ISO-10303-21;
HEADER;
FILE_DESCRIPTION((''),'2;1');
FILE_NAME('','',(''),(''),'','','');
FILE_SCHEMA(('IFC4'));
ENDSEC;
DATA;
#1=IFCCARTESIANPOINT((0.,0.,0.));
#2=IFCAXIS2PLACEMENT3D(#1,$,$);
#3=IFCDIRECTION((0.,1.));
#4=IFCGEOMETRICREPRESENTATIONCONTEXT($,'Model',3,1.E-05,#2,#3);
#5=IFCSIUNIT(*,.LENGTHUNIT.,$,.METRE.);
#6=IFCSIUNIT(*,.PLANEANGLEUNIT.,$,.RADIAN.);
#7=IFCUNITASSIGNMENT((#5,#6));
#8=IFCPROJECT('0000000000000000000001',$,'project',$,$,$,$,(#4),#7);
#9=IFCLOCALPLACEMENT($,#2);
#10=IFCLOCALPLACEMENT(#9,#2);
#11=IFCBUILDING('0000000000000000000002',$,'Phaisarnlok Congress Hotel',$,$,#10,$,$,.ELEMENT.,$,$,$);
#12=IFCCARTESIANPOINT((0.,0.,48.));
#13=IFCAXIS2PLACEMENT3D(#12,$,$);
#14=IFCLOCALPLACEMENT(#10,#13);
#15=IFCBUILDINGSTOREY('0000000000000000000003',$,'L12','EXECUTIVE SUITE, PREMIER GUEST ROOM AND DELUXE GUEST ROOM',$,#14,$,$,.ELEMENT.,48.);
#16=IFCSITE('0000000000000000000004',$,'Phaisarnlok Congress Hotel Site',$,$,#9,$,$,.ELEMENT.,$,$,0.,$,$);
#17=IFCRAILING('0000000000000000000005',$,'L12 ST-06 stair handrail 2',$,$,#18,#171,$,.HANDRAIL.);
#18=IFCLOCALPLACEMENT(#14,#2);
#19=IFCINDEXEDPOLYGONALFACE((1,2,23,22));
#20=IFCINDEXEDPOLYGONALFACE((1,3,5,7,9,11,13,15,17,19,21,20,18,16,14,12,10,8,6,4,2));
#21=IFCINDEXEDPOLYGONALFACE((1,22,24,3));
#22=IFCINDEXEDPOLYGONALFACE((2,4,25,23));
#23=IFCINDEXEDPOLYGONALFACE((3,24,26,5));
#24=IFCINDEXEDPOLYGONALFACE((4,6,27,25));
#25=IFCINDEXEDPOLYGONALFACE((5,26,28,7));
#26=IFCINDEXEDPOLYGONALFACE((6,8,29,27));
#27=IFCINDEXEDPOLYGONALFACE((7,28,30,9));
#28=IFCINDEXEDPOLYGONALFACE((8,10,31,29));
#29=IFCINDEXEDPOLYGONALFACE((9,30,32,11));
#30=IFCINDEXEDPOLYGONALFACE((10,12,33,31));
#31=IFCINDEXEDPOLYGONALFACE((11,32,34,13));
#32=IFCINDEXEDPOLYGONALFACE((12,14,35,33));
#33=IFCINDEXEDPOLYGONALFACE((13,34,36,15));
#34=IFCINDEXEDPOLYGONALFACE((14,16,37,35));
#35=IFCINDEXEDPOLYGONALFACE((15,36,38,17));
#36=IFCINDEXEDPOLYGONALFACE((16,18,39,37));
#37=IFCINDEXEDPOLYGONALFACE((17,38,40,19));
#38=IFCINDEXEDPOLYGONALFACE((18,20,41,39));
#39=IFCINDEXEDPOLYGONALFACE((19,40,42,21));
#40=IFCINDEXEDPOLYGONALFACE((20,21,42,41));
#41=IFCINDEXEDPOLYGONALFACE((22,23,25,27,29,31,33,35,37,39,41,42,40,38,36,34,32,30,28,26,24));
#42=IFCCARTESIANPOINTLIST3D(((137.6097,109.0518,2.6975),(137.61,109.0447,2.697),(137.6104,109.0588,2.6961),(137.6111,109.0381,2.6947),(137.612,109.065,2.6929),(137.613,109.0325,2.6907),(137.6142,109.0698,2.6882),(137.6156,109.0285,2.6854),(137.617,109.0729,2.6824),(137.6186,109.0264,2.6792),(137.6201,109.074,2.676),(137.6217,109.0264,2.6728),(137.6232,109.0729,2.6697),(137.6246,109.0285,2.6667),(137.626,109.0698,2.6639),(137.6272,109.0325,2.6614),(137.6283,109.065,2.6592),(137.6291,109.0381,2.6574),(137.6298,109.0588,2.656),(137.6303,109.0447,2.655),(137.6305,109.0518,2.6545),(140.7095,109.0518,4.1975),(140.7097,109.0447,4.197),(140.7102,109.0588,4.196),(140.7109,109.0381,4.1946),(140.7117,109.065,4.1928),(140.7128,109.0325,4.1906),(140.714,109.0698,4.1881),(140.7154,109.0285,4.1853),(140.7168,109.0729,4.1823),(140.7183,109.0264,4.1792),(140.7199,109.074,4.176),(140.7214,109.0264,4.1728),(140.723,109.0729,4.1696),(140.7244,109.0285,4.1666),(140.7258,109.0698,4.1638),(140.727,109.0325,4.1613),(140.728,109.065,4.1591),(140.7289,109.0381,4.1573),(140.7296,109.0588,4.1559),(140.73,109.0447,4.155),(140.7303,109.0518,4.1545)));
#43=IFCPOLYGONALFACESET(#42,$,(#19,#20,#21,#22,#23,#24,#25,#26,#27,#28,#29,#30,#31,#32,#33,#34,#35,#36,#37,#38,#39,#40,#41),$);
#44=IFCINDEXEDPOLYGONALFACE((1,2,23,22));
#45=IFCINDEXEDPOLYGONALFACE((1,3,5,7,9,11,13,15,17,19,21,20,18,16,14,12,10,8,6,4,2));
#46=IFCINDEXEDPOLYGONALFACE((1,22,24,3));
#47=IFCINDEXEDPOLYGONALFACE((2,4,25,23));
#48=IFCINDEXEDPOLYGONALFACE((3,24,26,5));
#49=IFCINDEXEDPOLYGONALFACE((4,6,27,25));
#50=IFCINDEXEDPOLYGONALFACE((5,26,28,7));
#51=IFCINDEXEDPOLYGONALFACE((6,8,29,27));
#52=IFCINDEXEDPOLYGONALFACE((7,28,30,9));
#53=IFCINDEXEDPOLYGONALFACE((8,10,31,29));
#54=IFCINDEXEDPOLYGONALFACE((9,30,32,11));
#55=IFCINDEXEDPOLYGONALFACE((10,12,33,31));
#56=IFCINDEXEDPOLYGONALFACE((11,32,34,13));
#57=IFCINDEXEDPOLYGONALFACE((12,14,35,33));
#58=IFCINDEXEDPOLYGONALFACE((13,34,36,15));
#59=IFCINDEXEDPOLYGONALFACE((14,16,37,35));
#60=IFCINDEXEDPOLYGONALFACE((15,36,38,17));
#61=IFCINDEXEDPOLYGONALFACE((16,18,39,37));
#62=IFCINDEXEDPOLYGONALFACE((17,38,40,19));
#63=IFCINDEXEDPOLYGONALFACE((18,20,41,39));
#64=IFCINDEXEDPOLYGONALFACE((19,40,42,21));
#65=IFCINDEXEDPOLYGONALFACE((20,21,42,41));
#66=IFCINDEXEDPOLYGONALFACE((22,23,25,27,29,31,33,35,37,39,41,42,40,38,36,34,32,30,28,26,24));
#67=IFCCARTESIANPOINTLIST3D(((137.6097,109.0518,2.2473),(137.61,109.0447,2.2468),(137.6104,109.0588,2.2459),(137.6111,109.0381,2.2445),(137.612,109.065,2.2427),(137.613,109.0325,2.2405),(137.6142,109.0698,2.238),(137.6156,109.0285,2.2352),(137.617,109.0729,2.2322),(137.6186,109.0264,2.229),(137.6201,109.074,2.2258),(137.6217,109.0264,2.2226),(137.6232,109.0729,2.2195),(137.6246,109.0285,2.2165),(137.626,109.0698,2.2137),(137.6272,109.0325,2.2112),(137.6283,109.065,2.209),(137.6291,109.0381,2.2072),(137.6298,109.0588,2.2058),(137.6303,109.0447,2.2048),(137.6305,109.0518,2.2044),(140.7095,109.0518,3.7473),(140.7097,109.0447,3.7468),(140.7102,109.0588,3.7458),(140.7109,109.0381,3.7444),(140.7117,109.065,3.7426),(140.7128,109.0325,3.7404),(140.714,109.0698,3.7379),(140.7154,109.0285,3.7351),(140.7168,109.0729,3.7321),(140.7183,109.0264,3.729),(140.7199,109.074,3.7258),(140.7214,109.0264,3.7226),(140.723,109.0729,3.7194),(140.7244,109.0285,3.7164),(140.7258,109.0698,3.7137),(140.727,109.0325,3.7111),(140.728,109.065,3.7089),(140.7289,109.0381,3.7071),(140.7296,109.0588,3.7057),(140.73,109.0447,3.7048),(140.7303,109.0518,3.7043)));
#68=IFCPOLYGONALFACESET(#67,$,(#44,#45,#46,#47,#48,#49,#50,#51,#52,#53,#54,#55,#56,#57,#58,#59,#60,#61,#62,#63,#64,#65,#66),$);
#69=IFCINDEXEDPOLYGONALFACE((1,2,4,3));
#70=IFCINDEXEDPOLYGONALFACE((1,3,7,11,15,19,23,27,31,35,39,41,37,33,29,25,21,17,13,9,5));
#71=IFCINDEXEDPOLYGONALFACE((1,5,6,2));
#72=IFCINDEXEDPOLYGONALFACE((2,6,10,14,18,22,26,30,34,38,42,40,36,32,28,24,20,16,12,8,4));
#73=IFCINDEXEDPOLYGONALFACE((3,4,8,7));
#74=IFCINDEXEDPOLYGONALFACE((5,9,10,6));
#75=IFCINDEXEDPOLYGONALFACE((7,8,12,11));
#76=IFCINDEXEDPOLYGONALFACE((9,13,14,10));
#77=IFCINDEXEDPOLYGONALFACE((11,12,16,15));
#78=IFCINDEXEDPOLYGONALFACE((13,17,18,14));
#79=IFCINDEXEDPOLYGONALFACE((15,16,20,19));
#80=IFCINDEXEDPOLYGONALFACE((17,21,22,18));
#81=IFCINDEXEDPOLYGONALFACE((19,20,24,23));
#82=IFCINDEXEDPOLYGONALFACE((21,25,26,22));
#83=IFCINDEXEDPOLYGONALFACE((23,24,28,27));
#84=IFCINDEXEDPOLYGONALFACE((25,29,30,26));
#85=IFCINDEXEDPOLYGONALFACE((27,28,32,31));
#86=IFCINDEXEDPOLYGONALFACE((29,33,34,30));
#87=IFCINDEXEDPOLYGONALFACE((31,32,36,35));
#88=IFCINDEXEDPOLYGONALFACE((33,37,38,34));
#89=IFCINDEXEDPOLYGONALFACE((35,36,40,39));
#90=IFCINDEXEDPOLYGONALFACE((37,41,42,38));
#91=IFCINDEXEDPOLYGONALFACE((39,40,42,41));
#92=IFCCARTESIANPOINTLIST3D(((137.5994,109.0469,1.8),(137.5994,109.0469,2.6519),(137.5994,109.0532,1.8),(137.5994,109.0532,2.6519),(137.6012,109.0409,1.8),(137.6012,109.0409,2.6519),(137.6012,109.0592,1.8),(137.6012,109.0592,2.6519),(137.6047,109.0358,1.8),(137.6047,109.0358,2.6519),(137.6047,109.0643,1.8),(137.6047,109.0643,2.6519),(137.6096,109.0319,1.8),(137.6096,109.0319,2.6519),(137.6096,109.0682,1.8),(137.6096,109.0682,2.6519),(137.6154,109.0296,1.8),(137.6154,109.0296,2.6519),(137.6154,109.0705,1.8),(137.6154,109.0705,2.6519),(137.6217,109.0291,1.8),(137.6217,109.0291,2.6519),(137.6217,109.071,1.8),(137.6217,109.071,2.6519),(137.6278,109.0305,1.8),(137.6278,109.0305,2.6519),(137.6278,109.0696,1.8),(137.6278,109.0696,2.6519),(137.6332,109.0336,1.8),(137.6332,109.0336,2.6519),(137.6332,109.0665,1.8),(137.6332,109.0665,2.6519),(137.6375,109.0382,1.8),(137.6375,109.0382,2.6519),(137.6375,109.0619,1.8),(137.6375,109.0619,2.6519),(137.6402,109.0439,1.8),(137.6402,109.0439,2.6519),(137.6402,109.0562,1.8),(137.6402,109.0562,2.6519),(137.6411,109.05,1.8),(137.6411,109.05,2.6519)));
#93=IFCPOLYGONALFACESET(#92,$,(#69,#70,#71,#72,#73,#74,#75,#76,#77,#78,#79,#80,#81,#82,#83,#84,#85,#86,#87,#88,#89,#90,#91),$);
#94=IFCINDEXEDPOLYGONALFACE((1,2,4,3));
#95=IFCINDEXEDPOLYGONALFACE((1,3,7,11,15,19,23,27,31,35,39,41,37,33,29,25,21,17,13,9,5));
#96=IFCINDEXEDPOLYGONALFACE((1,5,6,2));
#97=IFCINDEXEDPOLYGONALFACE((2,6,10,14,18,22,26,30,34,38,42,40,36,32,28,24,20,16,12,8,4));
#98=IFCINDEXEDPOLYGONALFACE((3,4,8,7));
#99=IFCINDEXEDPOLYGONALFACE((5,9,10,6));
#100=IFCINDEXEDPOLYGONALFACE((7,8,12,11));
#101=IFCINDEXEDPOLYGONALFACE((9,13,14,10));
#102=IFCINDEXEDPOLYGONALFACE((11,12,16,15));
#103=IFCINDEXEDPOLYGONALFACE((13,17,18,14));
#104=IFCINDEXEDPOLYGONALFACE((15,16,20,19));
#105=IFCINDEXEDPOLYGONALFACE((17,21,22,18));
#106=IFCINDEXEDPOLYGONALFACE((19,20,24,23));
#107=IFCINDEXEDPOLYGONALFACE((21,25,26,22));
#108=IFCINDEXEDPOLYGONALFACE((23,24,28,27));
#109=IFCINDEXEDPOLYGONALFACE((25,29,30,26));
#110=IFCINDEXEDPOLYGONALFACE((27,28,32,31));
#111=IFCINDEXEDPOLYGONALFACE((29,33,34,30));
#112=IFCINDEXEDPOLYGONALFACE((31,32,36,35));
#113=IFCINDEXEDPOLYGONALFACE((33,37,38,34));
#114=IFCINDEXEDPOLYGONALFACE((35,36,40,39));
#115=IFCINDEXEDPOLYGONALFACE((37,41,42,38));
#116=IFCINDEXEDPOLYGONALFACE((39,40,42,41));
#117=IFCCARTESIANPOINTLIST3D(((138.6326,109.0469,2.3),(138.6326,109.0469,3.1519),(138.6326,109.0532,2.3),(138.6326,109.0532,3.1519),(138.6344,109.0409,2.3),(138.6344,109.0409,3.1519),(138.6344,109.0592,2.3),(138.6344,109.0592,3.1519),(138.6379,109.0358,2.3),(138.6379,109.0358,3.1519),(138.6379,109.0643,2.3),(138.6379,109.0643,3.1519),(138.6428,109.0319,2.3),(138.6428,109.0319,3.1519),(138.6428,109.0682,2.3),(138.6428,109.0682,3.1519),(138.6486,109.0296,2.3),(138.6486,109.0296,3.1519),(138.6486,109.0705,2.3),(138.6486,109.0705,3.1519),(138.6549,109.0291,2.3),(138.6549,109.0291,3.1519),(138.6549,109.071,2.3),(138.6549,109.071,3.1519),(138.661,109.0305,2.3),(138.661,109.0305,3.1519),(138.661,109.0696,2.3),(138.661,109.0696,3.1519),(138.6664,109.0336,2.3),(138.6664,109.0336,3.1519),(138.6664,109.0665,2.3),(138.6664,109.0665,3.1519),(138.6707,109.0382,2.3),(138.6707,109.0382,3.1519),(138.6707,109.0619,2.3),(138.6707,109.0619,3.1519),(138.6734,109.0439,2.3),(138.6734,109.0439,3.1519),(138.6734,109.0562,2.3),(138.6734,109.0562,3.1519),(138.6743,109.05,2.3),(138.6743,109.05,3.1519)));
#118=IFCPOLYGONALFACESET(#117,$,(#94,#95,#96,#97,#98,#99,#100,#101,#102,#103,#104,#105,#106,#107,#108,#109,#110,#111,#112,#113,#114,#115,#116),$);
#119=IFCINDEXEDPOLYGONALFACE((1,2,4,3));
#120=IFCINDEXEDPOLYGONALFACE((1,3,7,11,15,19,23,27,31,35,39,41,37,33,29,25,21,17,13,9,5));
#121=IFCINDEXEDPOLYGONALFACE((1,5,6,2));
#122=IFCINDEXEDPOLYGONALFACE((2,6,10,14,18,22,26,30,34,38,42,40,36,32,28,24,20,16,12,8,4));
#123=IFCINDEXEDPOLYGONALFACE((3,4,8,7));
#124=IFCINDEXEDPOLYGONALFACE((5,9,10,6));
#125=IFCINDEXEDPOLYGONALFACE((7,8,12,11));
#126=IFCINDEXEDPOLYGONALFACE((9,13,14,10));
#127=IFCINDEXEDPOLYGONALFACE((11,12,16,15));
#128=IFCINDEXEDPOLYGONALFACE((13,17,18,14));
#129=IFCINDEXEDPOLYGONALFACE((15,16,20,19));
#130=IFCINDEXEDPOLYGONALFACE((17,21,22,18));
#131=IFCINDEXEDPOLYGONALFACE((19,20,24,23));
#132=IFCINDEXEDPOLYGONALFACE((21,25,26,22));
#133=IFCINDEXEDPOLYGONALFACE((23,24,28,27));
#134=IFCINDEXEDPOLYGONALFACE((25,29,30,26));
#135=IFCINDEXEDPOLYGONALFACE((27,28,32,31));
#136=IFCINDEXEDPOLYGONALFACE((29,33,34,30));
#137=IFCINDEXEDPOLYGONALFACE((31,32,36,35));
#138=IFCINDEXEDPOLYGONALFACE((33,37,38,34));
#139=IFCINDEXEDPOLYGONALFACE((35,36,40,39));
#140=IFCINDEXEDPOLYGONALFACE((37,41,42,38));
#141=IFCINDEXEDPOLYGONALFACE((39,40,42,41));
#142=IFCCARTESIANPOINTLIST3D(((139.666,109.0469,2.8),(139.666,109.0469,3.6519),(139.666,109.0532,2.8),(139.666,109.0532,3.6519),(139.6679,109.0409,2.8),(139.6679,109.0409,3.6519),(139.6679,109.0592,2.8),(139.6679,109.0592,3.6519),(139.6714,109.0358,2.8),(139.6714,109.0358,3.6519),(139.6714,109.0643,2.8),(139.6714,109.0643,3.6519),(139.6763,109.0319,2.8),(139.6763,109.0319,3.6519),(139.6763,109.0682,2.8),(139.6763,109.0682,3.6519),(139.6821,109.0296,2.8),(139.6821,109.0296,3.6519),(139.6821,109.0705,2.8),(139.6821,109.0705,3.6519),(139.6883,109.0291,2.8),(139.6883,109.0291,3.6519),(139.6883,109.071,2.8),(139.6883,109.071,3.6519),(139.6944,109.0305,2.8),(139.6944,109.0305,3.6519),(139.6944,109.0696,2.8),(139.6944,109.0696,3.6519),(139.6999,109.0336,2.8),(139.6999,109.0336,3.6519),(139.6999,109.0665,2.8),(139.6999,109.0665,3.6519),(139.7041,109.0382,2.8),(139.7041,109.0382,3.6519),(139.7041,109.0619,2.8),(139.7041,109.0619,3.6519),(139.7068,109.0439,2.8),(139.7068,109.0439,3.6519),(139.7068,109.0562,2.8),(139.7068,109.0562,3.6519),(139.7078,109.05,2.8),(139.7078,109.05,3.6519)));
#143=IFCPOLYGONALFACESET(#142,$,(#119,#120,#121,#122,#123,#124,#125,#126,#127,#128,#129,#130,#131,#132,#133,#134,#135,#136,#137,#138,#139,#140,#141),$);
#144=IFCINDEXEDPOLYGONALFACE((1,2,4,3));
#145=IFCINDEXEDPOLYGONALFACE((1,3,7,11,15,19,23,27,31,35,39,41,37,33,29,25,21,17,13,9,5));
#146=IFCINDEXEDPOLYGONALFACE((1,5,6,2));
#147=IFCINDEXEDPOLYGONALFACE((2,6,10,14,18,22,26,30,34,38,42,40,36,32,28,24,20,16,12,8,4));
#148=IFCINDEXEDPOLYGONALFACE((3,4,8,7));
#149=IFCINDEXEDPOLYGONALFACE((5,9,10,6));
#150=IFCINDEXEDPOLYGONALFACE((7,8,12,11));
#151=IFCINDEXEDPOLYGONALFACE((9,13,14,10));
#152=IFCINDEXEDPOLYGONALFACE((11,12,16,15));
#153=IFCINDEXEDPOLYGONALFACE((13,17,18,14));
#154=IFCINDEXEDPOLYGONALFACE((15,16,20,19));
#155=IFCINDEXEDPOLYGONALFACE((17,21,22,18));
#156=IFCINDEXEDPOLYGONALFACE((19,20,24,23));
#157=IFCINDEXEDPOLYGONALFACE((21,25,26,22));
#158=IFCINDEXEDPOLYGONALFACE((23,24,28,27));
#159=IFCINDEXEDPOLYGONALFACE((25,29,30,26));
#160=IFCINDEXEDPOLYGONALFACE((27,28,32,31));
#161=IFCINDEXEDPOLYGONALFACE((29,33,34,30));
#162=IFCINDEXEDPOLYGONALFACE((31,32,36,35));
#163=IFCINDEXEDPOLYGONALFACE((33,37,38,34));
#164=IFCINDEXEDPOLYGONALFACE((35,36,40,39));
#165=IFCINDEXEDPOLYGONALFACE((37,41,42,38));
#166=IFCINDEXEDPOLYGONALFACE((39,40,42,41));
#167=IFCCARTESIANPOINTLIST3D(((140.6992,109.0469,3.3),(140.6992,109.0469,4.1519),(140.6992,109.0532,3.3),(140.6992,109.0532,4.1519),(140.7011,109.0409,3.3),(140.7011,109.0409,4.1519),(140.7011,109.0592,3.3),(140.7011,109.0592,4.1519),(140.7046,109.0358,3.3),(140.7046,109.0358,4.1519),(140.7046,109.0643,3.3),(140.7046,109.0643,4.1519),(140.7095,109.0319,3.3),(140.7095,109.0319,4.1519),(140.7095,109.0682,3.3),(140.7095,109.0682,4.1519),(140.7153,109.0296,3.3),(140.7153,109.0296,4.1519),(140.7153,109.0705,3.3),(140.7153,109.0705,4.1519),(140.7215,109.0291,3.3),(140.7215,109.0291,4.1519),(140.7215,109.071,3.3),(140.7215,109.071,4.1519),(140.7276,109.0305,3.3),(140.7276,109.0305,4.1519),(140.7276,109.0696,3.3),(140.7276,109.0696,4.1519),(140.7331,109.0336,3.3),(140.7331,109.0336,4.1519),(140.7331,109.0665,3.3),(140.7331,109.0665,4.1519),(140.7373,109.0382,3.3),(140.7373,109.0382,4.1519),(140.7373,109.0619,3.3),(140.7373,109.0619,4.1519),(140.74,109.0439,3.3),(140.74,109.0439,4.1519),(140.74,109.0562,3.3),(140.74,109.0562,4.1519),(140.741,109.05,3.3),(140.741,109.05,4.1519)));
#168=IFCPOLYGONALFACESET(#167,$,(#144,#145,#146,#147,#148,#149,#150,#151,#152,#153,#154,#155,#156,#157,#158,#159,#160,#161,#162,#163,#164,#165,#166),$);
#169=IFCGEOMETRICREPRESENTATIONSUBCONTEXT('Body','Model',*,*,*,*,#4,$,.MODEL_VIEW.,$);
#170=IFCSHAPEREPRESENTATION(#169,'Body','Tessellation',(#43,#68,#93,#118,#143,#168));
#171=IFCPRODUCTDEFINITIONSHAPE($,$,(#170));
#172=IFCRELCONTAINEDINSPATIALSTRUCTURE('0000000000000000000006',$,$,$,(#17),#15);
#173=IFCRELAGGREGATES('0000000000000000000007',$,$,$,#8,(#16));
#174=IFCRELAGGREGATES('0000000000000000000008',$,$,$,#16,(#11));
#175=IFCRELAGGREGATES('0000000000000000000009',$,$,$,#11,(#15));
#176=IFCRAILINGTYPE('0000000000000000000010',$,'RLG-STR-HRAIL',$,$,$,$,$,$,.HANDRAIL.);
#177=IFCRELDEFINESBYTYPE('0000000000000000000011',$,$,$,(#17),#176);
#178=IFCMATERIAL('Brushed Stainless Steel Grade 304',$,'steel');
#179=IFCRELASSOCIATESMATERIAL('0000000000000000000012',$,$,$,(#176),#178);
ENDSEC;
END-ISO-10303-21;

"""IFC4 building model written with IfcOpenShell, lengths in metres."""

from ifc_helpers import new_model, si_unit, direction, frame, origin, origin_2d, place, context, subcontext, project, spatial, circle, extrude, material, type_object, element, save


model = new_model("IFC4")

# Units and contexts
model_context = context("Model", 3, precision=1e-05, world=origin(), true_north=direction((0.0, 1.0)))
body_context = subcontext(model_context, "Body", "Model", "MODEL_VIEW")
ifc_project = project(units=[si_unit("LENGTHUNIT", "METRE"), si_unit("PLANEANGLEUNIT", "RADIAN")], contexts=[model_context])

# Site, building, storey
site_placement = place(None, origin())
site = spatial("IfcSite", under=ifc_project, at=site_placement, Name="Phaisarnlok Congress Hotel Site", CompositionType="ELEMENT", RefElevation=0.0)
building_placement = place(site_placement, origin())
building = spatial("IfcBuilding", under=site, at=building_placement, Name="Phaisarnlok Congress Hotel", CompositionType="ELEMENT")
storey_placement = place(building_placement, frame((0.0, 0.0, 48.0)))
storey = spatial("IfcBuildingStorey", under=building, at=storey_placement, Name="L12", Description="EXECUTIVE SUITE, PREMIER GUEST ROOM AND DELUXE GUEST ROOM", CompositionType="ELEMENT", Elevation=48.0)

# Railing
ifc_material_1 = material(Name="Brushed Stainless Steel Grade 304", Category="steel")
railing_type_1 = type_object("IfcRailingType", Name="RLG-STR-HRAIL", PredefinedType="HANDRAIL", material=ifc_material_1)
railing_1_placement = place(storey_placement, frame((137.6201, 109.05, 1.8)))
element("IfcRailing", 1, at=railing_1_placement, inside=storey, type_object=railing_type_1, Name="L12 ST-06 stair handrail 2", PredefinedType="HANDRAIL", context=body_context, shape_type="SweptSolid", body=[
    extrude(circle(Radius=0.0239, at=origin_2d()), frame((0.0, 0.0, 0.876), z_axis=(0.900151, 0.0, 0.435578), x_axis=(0.0, 1.0, 0.0)), (0.0, 0.0, 1.0), 3.4436),
    extrude(circle(Radius=0.0239, at=origin_2d()), frame((0.0, 0.0, 0.4258), z_axis=(0.900151, 0.0, 0.435578), x_axis=(0.0, 1.0, 0.0)), (0.0, 0.0, 1.0), 3.4436),
    extrude(circle(Radius=0.021, at=origin_2d()), origin(), (0.0, 0.0, 1.0), 0.8518),
    extrude(circle(Radius=0.021, at=origin_2d()), frame((1.0332, 0.0, 0.5)), (0.0, 0.0, 1.0), 0.8518),
    extrude(circle(Radius=0.021, at=origin_2d()), frame((2.0667, 0.0, 1.0)), (0.0, 0.0, 1.0), 0.8518),
    extrude(circle(Radius=0.021, at=origin_2d()), frame((3.0999, 0.0, 1.5)), (0.0, 0.0, 1.0), 0.8518),
])

save(model, "model.ifc")
